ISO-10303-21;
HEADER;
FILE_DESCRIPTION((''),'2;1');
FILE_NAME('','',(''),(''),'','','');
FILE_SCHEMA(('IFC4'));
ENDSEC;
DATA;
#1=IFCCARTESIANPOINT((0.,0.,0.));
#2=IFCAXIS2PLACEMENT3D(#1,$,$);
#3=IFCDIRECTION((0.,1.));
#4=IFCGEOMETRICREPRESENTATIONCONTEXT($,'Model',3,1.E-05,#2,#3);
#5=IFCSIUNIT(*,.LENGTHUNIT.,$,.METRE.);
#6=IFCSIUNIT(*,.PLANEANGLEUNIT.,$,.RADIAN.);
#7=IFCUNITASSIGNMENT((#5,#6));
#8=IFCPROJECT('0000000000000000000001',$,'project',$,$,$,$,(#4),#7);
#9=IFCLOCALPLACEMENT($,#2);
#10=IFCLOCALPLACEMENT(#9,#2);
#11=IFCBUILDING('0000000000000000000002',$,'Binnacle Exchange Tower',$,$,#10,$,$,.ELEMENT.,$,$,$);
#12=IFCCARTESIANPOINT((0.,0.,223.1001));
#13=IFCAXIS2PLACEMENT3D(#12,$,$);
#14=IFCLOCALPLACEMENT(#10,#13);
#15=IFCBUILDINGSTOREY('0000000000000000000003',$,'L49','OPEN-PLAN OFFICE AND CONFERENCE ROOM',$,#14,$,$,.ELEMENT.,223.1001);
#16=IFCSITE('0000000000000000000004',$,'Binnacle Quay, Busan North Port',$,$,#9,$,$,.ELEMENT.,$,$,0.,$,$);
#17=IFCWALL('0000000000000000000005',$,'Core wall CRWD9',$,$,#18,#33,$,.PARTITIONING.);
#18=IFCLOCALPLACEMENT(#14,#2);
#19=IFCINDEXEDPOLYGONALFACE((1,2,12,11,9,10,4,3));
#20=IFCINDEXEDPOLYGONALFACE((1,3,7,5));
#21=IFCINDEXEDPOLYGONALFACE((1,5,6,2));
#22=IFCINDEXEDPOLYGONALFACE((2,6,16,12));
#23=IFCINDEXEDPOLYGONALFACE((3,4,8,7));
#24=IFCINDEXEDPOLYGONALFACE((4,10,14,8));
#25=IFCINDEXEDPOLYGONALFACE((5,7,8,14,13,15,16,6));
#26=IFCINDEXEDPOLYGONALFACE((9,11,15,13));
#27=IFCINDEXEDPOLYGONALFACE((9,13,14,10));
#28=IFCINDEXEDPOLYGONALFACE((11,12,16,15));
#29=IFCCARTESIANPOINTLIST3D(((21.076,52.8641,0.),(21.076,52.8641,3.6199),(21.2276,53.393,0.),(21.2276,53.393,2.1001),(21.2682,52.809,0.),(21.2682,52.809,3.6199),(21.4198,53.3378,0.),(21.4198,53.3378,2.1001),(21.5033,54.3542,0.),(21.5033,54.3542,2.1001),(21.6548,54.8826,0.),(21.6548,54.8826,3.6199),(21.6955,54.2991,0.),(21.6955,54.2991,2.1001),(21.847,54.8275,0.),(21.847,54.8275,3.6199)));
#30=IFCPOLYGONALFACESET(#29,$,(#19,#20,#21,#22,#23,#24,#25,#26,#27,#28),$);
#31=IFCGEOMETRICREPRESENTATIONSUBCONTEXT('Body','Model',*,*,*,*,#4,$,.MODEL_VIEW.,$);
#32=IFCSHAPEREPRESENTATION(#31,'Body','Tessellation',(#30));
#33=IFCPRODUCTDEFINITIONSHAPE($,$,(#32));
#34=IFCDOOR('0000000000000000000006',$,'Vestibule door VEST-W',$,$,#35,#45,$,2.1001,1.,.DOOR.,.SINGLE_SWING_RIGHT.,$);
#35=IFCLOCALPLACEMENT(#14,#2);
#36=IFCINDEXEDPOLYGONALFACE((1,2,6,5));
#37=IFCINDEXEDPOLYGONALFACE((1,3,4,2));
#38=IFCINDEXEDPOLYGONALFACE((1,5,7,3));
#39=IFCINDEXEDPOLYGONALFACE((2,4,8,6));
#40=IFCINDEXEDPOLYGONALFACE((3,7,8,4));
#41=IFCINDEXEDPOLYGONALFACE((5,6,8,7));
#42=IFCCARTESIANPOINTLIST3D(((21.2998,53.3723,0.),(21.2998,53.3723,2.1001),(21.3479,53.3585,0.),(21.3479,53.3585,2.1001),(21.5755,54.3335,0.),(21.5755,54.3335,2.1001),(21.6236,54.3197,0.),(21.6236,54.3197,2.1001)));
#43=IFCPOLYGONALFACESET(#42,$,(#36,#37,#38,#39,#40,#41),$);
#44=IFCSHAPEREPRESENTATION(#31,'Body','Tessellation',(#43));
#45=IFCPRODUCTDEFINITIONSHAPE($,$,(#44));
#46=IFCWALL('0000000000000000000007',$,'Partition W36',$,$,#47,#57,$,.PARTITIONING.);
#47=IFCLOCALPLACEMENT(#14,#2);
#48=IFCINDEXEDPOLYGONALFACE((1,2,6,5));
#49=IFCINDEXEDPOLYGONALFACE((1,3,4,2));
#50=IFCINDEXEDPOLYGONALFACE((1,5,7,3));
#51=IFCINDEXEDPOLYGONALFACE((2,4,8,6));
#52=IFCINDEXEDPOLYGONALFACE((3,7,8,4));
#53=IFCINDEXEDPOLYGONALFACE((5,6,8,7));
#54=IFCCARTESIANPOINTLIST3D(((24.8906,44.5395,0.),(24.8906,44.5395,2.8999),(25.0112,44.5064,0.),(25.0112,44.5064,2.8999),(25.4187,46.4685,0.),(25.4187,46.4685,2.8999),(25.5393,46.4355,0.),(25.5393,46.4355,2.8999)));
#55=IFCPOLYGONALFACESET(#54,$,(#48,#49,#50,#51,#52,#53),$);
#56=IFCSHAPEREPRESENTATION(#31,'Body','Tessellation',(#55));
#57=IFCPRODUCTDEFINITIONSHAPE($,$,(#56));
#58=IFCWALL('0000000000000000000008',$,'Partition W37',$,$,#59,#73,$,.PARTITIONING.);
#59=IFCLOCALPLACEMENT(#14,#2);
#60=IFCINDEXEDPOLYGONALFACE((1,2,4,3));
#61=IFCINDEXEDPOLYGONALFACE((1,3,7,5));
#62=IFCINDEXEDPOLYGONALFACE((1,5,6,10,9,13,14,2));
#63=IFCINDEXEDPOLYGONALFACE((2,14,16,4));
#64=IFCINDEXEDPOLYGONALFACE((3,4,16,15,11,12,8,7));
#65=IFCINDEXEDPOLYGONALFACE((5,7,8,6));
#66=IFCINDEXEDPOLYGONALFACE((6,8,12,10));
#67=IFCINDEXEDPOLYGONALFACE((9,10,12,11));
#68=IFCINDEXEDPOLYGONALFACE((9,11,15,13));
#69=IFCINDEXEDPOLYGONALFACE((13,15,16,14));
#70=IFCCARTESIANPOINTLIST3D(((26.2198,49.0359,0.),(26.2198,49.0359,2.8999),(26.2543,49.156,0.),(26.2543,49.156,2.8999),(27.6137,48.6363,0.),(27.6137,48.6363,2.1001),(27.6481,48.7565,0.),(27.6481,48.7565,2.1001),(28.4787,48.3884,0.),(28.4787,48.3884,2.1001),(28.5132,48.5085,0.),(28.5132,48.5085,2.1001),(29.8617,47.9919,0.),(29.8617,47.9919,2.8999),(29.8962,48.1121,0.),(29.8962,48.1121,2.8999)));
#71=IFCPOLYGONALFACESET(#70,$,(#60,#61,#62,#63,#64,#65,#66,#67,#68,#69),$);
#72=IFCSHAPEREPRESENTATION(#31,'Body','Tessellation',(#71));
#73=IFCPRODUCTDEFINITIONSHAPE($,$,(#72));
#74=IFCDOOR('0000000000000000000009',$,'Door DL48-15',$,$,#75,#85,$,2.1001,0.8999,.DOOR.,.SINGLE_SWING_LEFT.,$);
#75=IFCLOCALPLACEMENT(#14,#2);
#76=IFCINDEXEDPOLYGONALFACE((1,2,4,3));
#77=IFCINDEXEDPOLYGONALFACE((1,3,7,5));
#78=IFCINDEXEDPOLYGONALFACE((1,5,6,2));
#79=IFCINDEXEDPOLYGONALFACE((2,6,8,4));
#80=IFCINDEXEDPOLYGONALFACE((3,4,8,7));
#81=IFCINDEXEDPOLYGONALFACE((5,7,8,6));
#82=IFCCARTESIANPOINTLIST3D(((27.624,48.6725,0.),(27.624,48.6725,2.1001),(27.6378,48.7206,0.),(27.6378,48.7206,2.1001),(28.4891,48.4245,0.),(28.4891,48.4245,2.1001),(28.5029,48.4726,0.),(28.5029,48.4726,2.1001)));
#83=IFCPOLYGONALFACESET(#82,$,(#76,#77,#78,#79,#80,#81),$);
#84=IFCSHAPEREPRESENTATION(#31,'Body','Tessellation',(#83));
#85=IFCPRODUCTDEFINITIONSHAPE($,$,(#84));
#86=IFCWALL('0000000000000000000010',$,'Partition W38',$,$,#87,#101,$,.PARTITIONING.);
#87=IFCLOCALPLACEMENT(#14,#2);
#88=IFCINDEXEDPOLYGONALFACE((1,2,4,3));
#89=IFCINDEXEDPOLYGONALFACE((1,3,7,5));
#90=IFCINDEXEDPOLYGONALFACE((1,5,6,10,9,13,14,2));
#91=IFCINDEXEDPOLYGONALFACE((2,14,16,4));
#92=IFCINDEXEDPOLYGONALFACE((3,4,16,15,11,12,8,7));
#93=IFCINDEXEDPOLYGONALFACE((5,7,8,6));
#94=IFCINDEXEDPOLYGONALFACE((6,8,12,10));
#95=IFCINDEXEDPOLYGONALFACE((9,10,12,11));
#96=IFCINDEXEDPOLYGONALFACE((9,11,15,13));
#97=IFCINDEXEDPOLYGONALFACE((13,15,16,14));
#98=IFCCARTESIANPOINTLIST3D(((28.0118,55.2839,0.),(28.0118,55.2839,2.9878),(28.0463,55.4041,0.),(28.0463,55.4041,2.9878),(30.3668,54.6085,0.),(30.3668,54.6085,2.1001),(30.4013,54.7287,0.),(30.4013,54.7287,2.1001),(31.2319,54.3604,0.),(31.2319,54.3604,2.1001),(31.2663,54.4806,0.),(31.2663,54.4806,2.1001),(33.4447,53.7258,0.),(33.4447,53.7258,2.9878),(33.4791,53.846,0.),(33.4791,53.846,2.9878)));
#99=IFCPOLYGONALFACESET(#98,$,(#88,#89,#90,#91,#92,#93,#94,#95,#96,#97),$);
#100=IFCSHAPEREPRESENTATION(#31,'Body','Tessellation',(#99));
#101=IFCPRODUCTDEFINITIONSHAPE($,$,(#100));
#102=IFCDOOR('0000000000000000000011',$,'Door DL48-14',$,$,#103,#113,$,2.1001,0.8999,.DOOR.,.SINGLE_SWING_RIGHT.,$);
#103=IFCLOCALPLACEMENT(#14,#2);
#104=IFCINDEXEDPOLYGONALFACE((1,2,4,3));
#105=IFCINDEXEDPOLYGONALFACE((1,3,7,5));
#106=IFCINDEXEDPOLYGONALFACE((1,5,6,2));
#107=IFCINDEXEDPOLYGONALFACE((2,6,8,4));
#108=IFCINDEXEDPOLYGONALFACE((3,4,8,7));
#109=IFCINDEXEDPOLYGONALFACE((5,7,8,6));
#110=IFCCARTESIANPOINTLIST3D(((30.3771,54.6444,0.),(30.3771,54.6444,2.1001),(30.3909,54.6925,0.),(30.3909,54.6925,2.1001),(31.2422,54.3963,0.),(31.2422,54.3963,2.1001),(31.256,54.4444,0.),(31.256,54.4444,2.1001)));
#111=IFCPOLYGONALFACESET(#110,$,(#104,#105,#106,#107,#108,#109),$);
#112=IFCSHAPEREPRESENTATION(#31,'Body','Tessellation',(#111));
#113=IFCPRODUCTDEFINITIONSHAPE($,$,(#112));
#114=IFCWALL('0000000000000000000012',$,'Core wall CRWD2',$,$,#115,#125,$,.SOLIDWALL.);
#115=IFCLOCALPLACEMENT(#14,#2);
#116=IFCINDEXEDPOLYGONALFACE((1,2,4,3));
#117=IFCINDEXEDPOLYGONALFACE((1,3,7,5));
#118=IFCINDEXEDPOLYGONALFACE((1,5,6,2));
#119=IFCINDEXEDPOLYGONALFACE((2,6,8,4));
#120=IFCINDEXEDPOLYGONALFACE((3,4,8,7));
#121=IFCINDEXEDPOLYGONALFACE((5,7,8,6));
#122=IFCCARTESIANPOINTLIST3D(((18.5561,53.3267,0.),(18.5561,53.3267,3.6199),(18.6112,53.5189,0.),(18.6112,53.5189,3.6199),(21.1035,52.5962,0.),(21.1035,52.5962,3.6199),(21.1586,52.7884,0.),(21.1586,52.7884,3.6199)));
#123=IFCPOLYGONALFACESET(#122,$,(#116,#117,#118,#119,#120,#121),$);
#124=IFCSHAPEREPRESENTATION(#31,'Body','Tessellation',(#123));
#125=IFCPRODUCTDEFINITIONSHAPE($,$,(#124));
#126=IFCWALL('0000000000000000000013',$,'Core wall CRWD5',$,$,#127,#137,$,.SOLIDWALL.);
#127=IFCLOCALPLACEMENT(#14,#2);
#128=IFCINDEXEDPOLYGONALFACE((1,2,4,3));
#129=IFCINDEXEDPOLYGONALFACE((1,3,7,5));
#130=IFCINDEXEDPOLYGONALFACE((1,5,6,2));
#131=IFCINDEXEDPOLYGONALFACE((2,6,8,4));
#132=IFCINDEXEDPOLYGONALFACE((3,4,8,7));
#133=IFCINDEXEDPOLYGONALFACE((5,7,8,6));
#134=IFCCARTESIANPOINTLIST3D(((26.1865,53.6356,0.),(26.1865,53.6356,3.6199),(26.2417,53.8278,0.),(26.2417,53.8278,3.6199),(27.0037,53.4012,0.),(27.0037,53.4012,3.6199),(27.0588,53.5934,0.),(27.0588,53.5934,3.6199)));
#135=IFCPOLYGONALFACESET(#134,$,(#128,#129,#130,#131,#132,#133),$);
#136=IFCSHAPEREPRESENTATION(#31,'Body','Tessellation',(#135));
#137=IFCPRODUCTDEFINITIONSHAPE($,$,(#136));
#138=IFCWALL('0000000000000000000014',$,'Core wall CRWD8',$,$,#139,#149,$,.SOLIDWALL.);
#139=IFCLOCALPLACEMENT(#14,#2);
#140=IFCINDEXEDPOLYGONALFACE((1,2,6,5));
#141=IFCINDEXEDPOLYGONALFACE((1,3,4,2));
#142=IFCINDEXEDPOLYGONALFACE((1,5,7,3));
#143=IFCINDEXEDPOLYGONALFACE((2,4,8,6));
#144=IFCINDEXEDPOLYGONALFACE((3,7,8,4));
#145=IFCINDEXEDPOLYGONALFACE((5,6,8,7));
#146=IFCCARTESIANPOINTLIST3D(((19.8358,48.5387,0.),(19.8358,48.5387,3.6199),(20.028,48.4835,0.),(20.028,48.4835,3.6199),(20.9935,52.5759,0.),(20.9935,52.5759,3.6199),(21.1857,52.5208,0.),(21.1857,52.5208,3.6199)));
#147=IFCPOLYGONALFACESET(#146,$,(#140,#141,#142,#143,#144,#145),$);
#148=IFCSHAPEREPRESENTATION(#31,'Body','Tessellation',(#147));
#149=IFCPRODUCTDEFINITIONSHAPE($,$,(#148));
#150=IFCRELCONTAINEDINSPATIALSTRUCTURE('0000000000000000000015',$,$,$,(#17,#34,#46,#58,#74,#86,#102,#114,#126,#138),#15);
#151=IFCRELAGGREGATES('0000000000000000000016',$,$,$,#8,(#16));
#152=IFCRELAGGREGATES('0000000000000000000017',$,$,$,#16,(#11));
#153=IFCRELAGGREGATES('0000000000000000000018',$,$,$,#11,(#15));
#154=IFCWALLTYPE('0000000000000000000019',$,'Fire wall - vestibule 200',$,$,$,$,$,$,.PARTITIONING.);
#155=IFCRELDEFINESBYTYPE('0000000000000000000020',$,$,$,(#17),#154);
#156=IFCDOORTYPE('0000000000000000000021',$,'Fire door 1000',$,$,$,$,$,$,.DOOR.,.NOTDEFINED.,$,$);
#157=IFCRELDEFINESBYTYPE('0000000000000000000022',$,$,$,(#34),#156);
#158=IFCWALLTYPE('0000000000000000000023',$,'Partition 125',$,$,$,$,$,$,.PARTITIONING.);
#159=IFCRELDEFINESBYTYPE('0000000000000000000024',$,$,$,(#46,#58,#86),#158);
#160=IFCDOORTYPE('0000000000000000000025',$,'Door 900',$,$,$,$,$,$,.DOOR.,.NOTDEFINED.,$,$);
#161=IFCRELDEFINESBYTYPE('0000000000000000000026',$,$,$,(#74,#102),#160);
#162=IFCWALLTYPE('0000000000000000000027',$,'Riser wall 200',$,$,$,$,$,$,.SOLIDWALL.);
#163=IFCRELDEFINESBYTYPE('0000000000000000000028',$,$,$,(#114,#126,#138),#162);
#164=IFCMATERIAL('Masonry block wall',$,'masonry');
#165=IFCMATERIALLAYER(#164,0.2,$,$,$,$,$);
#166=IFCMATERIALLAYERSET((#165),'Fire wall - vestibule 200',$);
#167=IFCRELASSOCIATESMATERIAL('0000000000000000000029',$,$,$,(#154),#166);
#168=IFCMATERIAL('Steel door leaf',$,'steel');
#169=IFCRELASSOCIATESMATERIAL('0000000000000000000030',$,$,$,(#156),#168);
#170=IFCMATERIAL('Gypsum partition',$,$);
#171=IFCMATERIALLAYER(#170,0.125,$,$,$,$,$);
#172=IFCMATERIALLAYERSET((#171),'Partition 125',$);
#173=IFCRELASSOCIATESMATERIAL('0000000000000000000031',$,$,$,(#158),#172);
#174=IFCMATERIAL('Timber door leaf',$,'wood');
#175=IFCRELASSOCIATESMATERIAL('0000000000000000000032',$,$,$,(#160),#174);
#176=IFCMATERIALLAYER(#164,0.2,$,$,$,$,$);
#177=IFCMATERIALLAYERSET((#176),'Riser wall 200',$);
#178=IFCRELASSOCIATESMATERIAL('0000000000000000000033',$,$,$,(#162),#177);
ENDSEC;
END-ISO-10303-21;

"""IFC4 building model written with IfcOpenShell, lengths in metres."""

from ifc_helpers import new_model, si_unit, direction, frame, frame_2d, origin, place, context, subcontext, project, spatial, rectangle, extrude, material, layer, layer_set, type_object, element, fill, save


model = new_model("IFC4")

# Units and contexts
model_context = context("Model", 3, precision=1e-05, world=origin(), true_north=direction((0.0, 1.0)))
body_context = subcontext(model_context, "Body", "Model", "MODEL_VIEW")
ifc_project = project(units=[si_unit("LENGTHUNIT", "METRE"), si_unit("PLANEANGLEUNIT", "RADIAN")], contexts=[model_context])

# Site, building, storey
site_placement = place(None, origin())
site = spatial("IfcSite", under=ifc_project, at=site_placement, Name="Binnacle Quay, Busan North Port", CompositionType="ELEMENT", RefElevation=0.0)
building_placement = place(site_placement, origin())
building = spatial("IfcBuilding", under=site, at=building_placement, Name="Binnacle Exchange Tower", CompositionType="ELEMENT")
storey_placement = place(building_placement, frame((0.0, 0.0, 223.1001)))
storey = spatial("IfcBuildingStorey", under=building, at=storey_placement, Name="L49", Description="OPEN-PLAN OFFICE AND CONFERENCE ROOM", CompositionType="ELEMENT", Elevation=223.1001)

# Shared definitions
ifc_material_1 = material(Name="Steel door leaf", Category="steel")

# Wall, opening, door
ifc_material_2 = material(Name="Masonry block wall", Category="masonry")
ifc_layer_1 = layer(ifc_material_2, 0.2)
ifc_layer_set_1 = layer_set([ifc_layer_1], Name="Fire wall - vestibule 200")
wall_type_1 = type_object("IfcWallType", Name="Fire wall - vestibule 200", PredefinedType="PARTITIONING", material=ifc_layer_set_1)
wall_1_placement = place(storey_placement, frame((21.1721, 52.8367, 0.0), z_axis=(0.0, 0.0, 1.0), x_axis=(0.275658, 0.961256, 0.0)))
wall_1 = element("IfcWall", 1, at=wall_1_placement, inside=storey, type_object=wall_type_1, Name="Core wall CRWD9", PredefinedType="PARTITIONING", context=body_context, shape_type="SweptSolid", body=[
    extrude(rectangle(XDim=2.0999, YDim=0.2, at=frame_2d((1.0498, 0.0))), origin(), (0.0, 0.0, 1.0), 3.6199),
])
opening_1_placement = place(wall_1_placement, frame((0.55, 0.0, 0.0)))
opening_1 = element("IfcOpeningElement", 2, at=opening_1_placement, cuts=wall_1, PredefinedType="OPENING", context=body_context, shape_type="SweptSolid", body=[
    extrude(rectangle(XDim=1.0, YDim=2.1001, at=frame_2d((0.5, 1.05))), frame((0.0, 0.1099, 0.0), z_axis=(0.0, -1.0, 0.0), x_axis=(1.0, 0.0, 0.0)), (0.0, 0.0, 1.0), 0.22),
])
door_type_1 = type_object("IfcDoorType", Name="Fire door 1000", OperationType="NOTDEFINED", PredefinedType="DOOR", material=ifc_material_1)
door_1_placement = place(opening_1_placement, origin())
door_1 = element("IfcDoor", 3, at=door_1_placement, inside=storey, type_object=door_type_1, Name="Vestibule door VEST-W", OperationType="SINGLE_SWING_RIGHT", OverallHeight=2.1001, OverallWidth=1.0, PredefinedType="DOOR", context=body_context, shape_type="SweptSolid", body=[
    extrude(rectangle(XDim=1.0, YDim=2.1001, at=frame_2d((0.5, 1.05))), frame((0.0, 0.0249, 0.0), z_axis=(0.0, -1.0, 0.0), x_axis=(1.0, 0.0, 0.0)), (0.0, 0.0, 1.0), 0.05),
])
fill(opening_1, door_1)

# Wall
ifc_material_3 = material(Name="Gypsum partition")
ifc_layer_2 = layer(ifc_material_3, 0.125)
ifc_layer_set_2 = layer_set([ifc_layer_2], Name="Partition 125")
wall_type_2 = type_object("IfcWallType", Name="Partition 125", PredefinedType="PARTITIONING", material=ifc_layer_set_2)
wall_2_placement = place(storey_placement, frame((24.9509, 44.5229, 0.0), z_axis=(0.0, 0.0, 1.0), x_axis=(0.264047, 0.96451, 0.0)))
element("IfcWall", 4, at=wall_2_placement, inside=storey, type_object=wall_type_2, Name="Partition W36", PredefinedType="PARTITIONING", context=body_context, shape_type="SweptSolid", body=[
    extrude(rectangle(XDim=2.0, YDim=0.125, at=frame_2d((1.0, 0.0))), origin(), (0.0, 0.0, 1.0), 2.8999),
])

# Walls, openings, doors
wall_3_placement = place(storey_placement, frame((26.2371, 49.0959, 0.0), z_axis=(0.0, 0.0, 1.0), x_axis=(0.961285, -0.275555, 0.0)))
wall_3 = element("IfcWall", 5, at=wall_3_placement, inside=storey, type_object=wall_type_2, Name="Partition W37", PredefinedType="PARTITIONING", context=body_context, shape_type="SweptSolid", body=[
    extrude(rectangle(XDim=3.7886, YDim=0.125, at=frame_2d((1.8943, 0.0))), origin(), (0.0, 0.0, 1.0), 2.8999),
])
opening_2_placement = place(wall_3_placement, frame((1.45, 0.0, 0.0)))
opening_2 = element("IfcOpeningElement", 6, at=opening_2_placement, cuts=wall_3, PredefinedType="OPENING", context=body_context, shape_type="SweptSolid", body=[
    extrude(rectangle(XDim=0.8999, YDim=2.1001, at=frame_2d((0.45, 1.05))), frame((0.0, 0.0725, 0.0), z_axis=(0.0, -1.0, 0.0), x_axis=(1.0, 0.0, 0.0)), (0.0, 0.0, 1.0), 0.145),
])
ifc_material_4 = material(Name="Timber door leaf", Category="wood")
door_type_2 = type_object("IfcDoorType", Name="Door 900", OperationType="NOTDEFINED", PredefinedType="DOOR", material=ifc_material_4)
door_2_placement = place(opening_2_placement, frame((0.8999, 0.0, 0.0), z_axis=(0.0, 0.0, 1.0), x_axis=(-1.0, 0.0, 0.0)))
door_2 = element("IfcDoor", 7, at=door_2_placement, inside=storey, type_object=door_type_2, Name="Door DL48-15", OperationType="SINGLE_SWING_LEFT", OverallHeight=2.1001, OverallWidth=0.8999, PredefinedType="DOOR", context=body_context, shape_type="SweptSolid", body=[
    extrude(rectangle(XDim=0.8999, YDim=2.1001, at=frame_2d((0.45, 1.05))), frame((0.0, 0.0249, 0.0), z_axis=(0.0, -1.0, 0.0), x_axis=(1.0, 0.0, 0.0)), (0.0, 0.0, 1.0), 0.05),
])
fill(opening_2, door_2)
wall_4_placement = place(storey_placement, frame((28.0291, 55.344, 0.0), z_axis=(0.0, 0.0, 1.0), x_axis=(0.96125, -0.275679, 0.0)))
wall_4 = element("IfcWall", 8, at=wall_4_placement, inside=storey, type_object=wall_type_2, Name="Partition W38", PredefinedType="PARTITIONING", context=body_context, shape_type="SweptSolid", body=[
    extrude(rectangle(XDim=5.6519, YDim=0.125, at=frame_2d((2.8259, 0.0))), origin(), (0.0, 0.0, 1.0), 2.9878),
])
opening_3_placement = place(wall_4_placement, frame((2.45, 0.0, 0.0)))
opening_3 = element("IfcOpeningElement", 9, at=opening_3_placement, cuts=wall_4, PredefinedType="OPENING", context=body_context, shape_type="SweptSolid", body=[
    extrude(rectangle(XDim=0.8999, YDim=2.1001, at=frame_2d((0.45, 1.05))), frame((0.0, 0.0725, 0.0), z_axis=(0.0, -1.0, 0.0), x_axis=(1.0, 0.0, 0.0)), (0.0, 0.0, 1.0), 0.145),
])
door_3_placement = place(opening_3_placement, origin())
door_3 = element("IfcDoor", 10, at=door_3_placement, inside=storey, type_object=door_type_2, Name="Door DL48-14", OperationType="SINGLE_SWING_RIGHT", OverallHeight=2.1001, OverallWidth=0.8999, PredefinedType="DOOR", context=body_context, shape_type="SweptSolid", body=[
    extrude(rectangle(XDim=0.8999, YDim=2.1001, at=frame_2d((0.45, 1.05))), frame((0.0, 0.0249, 0.0), z_axis=(0.0, -1.0, 0.0), x_axis=(1.0, 0.0, 0.0)), (0.0, 0.0, 1.0), 0.05),
])
fill(opening_3, door_3)

# Walls
ifc_layer_3 = layer(ifc_material_2, 0.2)
ifc_layer_set_3 = layer_set([ifc_layer_3], Name="Riser wall 200")
wall_type_3 = type_object("IfcWallType", Name="Riser wall 200", PredefinedType="SOLIDWALL", material=ifc_layer_set_3)
wall_5_placement = place(storey_placement, frame((18.5835, 53.4229, 0.0), z_axis=(0.0, 0.0, 1.0), x_axis=(0.961259, -0.275646, 0.0)))
element("IfcWall", 11, at=wall_5_placement, inside=storey, type_object=wall_type_3, Name="Core wall CRWD2", PredefinedType="SOLIDWALL", context=body_context, shape_type="SweptSolid", body=[
    extrude(rectangle(XDim=2.6501, YDim=0.2, at=frame_2d((1.3252, 0.0))), origin(), (0.0, 0.0, 1.0), 3.6199),
])
wall_6_placement = place(storey_placement, frame((26.2141, 53.7317, 0.0), z_axis=(0.0, 0.0, 1.0), x_axis=(0.961242, -0.275707, 0.0)))
element("IfcWall", 12, at=wall_6_placement, inside=storey, type_object=wall_type_3, Name="Core wall CRWD5", PredefinedType="SOLIDWALL", context=body_context, shape_type="SweptSolid", body=[
    extrude(rectangle(XDim=0.8501, YDim=0.2, at=frame_2d((0.425, 0.0))), origin(), (0.0, 0.0, 1.0), 3.6199),
])
wall_7_placement = place(storey_placement, frame((19.9319, 48.511, 0.0), z_axis=(0.0, 0.0, 1.0), x_axis=(0.275642, 0.96126, 0.0)))
element("IfcWall", 13, at=wall_7_placement, inside=storey, type_object=wall_type_3, Name="Core wall CRWD8", PredefinedType="SOLIDWALL", context=body_context, shape_type="SweptSolid", body=[
    extrude(rectangle(XDim=4.2, YDim=0.2, at=frame_2d((2.1001, 0.0))), origin(), (0.0, 0.0, 1.0), 3.6199),
])

save(model, "model.ifc")
